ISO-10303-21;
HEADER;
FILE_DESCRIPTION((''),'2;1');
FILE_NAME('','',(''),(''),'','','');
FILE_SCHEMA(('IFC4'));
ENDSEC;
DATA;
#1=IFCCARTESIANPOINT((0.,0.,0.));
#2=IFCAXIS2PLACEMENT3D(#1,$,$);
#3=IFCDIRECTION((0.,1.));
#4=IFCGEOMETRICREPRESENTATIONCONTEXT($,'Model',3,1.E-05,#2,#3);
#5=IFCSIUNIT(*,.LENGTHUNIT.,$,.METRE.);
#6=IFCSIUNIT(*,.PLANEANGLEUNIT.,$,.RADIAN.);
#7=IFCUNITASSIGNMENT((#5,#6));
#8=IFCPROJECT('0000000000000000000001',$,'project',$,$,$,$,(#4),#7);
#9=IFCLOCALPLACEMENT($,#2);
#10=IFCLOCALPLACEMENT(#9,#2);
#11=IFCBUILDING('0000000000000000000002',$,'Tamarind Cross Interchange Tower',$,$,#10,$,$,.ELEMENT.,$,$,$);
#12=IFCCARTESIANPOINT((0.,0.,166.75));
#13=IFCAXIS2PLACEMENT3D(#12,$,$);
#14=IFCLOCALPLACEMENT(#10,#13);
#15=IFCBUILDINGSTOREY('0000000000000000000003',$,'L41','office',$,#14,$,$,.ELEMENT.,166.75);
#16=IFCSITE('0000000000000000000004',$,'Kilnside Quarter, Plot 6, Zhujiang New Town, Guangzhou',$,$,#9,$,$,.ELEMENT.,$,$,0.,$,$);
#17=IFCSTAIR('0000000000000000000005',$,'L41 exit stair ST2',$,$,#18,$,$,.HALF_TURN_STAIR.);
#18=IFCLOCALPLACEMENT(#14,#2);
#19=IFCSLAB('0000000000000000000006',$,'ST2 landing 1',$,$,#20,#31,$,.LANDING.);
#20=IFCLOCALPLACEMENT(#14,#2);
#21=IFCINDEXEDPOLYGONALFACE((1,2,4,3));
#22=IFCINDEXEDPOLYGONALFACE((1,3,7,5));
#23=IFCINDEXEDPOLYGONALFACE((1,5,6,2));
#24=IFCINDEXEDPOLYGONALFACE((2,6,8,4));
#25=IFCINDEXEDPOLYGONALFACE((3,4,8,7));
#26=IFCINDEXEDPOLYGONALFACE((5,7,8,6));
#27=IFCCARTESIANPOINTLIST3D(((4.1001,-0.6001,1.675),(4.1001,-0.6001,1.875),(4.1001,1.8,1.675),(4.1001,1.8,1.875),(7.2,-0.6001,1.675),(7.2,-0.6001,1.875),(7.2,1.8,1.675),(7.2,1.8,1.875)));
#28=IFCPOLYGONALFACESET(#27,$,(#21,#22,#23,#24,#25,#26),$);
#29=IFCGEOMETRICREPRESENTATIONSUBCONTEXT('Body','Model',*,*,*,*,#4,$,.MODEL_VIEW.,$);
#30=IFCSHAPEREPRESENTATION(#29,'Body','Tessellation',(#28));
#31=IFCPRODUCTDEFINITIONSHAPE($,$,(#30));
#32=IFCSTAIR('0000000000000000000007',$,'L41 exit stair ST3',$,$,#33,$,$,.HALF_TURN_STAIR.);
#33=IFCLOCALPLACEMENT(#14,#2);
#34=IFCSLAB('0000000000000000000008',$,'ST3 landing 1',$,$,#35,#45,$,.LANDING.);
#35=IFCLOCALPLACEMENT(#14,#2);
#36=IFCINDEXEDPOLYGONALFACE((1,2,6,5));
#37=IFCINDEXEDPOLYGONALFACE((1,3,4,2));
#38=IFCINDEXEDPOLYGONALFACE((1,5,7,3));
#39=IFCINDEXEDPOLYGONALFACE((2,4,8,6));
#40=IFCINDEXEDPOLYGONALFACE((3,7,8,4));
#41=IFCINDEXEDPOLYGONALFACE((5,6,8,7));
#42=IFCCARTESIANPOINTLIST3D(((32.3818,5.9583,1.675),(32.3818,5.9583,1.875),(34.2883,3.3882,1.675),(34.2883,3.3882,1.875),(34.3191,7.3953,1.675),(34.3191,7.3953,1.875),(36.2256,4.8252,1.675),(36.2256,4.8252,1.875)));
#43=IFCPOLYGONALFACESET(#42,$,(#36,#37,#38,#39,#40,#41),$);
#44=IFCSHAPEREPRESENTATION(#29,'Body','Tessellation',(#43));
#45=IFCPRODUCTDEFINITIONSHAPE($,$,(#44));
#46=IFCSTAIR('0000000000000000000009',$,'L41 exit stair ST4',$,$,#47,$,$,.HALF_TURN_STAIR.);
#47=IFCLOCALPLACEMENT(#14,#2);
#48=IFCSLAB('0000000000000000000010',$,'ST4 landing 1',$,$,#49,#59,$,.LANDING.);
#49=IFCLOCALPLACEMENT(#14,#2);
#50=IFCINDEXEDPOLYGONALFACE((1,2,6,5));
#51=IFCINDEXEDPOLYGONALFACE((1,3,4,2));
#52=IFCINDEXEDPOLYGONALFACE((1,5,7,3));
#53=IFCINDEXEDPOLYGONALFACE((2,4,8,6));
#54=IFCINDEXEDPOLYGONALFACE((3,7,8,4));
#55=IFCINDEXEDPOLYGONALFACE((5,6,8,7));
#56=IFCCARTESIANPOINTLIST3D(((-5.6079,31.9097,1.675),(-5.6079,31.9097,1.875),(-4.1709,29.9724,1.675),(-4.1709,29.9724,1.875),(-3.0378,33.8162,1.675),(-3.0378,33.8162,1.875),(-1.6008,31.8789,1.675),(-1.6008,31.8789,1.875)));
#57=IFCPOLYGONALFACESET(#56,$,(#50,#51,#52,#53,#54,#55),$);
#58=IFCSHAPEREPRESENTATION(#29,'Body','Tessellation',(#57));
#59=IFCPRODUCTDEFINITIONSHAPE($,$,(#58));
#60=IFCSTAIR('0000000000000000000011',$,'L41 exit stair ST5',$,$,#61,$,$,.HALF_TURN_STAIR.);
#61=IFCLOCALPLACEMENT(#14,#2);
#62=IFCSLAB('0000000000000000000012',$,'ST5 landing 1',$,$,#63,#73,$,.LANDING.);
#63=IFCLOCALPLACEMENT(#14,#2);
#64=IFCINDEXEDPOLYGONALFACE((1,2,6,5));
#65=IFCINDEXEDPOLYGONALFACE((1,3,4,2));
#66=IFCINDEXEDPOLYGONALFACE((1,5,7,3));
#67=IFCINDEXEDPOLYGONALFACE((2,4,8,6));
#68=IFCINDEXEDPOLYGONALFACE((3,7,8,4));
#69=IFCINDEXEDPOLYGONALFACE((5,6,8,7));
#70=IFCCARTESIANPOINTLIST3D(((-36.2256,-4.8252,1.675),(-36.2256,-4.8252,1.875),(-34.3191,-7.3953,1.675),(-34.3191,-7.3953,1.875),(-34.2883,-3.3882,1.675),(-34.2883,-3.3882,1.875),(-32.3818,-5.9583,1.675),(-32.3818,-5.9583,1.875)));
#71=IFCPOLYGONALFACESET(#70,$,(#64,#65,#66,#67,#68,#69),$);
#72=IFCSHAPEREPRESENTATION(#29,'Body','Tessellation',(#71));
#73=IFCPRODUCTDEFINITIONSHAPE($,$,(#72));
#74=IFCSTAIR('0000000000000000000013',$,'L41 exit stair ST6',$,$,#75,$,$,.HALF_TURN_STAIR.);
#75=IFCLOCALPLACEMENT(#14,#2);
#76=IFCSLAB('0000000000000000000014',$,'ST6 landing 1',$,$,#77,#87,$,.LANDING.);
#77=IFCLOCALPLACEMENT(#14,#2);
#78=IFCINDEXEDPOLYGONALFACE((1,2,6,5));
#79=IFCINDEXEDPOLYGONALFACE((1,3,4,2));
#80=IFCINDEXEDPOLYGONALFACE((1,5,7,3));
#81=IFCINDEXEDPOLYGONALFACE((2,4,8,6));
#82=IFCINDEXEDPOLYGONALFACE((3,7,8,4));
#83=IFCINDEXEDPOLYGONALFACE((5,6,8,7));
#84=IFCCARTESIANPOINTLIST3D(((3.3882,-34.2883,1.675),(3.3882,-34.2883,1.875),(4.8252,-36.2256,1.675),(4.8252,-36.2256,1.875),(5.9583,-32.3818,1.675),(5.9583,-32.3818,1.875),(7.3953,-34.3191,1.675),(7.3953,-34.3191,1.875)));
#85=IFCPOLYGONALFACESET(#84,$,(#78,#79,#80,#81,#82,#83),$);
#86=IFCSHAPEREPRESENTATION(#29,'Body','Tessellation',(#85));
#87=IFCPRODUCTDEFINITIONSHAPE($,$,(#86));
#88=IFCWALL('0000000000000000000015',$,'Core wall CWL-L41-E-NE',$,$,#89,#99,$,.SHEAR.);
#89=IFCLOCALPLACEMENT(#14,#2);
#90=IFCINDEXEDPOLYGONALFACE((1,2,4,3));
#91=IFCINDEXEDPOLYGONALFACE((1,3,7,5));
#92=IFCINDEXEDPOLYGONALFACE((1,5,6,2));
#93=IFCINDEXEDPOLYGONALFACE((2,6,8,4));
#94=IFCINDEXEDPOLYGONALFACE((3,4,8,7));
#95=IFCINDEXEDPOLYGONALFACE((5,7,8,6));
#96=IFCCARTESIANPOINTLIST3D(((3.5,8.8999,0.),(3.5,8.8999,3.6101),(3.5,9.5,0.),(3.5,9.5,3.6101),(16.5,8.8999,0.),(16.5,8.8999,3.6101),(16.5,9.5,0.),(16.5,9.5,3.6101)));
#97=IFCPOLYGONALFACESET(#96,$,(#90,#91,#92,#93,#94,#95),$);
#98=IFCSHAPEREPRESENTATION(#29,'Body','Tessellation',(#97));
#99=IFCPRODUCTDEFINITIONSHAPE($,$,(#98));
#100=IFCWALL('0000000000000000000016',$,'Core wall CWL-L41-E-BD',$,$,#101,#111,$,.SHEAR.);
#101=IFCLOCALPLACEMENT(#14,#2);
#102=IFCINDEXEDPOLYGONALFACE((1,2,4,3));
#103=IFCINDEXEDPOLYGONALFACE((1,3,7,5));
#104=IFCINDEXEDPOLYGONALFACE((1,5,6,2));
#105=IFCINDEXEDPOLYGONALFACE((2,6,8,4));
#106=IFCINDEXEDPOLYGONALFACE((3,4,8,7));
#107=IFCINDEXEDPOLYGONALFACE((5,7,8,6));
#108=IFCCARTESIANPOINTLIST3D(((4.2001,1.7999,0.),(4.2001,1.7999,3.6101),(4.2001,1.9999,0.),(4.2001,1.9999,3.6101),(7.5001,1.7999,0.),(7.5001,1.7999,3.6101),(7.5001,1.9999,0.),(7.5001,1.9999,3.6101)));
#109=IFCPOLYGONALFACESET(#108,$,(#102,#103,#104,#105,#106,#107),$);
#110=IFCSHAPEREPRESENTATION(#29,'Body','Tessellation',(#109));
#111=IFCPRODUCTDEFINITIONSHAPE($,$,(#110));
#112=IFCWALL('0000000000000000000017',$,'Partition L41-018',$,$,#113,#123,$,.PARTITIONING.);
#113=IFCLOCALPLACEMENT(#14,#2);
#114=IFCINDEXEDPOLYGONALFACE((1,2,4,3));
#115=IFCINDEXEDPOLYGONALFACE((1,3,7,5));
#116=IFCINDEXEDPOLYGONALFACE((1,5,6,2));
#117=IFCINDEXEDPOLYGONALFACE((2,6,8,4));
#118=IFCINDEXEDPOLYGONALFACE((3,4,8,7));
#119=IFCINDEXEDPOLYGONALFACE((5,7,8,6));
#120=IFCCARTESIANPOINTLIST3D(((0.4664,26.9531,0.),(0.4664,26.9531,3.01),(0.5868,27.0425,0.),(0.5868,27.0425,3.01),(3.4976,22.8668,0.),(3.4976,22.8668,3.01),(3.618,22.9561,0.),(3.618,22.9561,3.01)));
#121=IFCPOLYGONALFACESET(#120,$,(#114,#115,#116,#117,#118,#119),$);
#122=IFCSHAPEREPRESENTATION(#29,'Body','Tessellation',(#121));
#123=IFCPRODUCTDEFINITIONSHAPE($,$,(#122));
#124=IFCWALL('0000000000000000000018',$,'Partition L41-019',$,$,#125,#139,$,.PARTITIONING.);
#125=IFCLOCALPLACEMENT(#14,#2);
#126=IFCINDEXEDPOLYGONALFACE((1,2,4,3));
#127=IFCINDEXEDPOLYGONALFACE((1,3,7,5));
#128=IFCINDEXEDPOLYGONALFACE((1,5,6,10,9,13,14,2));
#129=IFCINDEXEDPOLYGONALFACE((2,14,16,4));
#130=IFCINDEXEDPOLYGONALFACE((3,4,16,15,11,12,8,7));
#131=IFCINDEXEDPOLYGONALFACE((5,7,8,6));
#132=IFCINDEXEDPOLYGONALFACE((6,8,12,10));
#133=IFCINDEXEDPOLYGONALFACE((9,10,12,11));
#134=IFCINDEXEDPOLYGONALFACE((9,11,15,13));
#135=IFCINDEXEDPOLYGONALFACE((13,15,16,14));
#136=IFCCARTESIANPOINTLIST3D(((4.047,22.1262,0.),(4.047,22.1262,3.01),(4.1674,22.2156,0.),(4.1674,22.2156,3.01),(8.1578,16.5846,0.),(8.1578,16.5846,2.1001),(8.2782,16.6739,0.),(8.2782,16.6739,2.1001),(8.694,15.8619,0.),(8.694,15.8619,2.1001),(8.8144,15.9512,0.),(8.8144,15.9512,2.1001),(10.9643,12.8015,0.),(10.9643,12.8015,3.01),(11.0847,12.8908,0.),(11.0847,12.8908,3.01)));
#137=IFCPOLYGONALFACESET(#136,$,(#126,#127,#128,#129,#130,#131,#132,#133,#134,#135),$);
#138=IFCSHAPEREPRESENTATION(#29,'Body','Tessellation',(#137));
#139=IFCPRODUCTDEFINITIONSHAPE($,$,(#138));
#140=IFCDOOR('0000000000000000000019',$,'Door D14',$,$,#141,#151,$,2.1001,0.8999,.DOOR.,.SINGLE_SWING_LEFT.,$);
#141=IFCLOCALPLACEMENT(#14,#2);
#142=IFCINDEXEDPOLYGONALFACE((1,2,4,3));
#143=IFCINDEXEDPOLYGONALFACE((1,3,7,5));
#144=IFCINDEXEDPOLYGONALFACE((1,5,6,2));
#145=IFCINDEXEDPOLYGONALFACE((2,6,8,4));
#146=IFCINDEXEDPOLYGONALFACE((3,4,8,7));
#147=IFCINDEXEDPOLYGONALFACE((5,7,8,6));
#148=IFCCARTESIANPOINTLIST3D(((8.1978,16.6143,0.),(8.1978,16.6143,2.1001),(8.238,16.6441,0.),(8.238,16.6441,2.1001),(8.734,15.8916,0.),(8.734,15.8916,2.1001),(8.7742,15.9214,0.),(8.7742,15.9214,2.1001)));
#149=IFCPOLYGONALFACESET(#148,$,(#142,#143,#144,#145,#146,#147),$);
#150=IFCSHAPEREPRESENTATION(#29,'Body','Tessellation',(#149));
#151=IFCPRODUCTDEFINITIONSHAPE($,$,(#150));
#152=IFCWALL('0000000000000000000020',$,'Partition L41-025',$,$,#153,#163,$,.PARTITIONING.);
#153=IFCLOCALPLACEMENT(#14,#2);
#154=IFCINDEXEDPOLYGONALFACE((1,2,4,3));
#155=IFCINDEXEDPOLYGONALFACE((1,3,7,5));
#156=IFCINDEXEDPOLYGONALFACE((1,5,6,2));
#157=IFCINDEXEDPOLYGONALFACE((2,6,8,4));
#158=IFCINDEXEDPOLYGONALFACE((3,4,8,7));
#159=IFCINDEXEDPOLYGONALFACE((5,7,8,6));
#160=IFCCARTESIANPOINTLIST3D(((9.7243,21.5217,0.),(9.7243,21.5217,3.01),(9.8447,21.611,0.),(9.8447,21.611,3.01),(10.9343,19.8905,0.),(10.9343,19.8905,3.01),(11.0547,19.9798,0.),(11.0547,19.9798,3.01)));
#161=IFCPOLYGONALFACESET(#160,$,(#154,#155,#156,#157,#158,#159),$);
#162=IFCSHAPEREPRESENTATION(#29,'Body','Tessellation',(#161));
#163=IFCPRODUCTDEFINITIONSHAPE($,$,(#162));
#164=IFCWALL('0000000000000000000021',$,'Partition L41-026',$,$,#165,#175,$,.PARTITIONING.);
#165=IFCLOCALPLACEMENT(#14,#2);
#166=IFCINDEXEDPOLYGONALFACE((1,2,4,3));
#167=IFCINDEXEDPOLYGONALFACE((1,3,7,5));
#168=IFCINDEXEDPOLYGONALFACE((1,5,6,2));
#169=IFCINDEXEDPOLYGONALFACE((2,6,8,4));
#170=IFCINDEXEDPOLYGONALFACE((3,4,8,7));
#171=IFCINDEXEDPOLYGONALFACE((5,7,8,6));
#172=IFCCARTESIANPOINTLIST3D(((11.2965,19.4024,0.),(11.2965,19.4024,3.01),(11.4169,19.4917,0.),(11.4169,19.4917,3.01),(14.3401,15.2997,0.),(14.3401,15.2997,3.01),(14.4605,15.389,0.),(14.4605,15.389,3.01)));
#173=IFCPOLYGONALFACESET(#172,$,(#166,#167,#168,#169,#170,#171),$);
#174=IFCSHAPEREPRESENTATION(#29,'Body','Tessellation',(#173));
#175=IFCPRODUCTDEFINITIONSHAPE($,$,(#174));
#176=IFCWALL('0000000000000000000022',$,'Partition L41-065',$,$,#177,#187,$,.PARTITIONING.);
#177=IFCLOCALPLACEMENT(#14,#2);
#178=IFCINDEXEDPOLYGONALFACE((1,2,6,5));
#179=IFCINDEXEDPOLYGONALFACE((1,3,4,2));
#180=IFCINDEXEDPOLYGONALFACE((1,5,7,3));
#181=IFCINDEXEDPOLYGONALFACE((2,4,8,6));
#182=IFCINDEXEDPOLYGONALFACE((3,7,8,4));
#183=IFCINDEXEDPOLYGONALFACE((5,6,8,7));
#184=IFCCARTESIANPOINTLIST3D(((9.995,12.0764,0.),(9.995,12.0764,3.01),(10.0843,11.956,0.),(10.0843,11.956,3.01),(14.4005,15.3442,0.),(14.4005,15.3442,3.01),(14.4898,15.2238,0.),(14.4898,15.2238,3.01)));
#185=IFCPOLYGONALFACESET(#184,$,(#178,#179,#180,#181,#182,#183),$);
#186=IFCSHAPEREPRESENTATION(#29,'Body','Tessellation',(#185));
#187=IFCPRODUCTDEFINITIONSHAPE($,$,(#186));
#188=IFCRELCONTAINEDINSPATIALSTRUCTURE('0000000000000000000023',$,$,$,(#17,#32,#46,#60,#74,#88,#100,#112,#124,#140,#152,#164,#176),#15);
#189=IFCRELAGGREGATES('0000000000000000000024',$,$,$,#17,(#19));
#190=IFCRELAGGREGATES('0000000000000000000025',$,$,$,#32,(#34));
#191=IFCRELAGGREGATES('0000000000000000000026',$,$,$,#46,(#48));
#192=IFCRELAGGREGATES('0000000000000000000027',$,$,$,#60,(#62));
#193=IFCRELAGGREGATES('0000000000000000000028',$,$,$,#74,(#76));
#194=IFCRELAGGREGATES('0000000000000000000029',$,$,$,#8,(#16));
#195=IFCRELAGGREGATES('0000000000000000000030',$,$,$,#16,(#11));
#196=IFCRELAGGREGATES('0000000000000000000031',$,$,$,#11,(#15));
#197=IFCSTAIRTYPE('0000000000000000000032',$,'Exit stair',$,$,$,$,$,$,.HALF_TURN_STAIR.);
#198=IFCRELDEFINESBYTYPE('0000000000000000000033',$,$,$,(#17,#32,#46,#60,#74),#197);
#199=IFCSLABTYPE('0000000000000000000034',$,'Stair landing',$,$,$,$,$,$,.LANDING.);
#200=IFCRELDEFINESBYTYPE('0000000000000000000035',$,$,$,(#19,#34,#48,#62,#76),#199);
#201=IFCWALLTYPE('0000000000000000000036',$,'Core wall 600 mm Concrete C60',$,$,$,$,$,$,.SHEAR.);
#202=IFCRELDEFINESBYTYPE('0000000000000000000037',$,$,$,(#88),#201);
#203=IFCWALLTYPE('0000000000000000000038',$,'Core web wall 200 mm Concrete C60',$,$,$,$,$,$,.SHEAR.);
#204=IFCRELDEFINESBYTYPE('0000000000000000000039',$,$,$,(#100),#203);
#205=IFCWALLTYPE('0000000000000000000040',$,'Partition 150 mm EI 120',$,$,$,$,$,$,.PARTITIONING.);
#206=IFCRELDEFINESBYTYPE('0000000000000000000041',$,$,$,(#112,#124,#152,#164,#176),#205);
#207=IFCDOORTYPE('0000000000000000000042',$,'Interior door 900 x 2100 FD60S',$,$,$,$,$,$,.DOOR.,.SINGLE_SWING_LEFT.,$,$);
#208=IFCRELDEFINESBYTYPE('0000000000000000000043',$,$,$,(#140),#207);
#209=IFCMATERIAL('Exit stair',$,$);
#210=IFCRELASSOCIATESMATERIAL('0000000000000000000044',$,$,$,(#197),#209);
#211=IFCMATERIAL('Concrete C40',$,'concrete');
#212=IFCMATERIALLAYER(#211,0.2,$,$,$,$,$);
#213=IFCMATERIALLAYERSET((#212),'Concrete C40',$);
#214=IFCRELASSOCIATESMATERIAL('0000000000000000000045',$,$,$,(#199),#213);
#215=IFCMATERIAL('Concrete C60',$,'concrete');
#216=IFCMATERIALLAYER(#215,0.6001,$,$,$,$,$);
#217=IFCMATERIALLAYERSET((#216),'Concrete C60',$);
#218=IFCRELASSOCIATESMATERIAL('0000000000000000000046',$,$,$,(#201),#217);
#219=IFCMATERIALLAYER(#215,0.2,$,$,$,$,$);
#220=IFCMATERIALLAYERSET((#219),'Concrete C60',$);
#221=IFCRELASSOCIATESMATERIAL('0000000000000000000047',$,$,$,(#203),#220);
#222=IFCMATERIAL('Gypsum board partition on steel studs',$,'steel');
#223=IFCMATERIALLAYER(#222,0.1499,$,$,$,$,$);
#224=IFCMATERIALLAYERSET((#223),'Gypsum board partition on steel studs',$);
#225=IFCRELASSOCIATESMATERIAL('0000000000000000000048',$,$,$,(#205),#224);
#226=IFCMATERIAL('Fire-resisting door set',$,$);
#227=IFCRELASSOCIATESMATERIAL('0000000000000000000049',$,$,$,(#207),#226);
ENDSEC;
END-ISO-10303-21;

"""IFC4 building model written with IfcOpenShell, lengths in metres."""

from ifc_helpers import new_model, si_unit, direction, frame, frame_2d, origin, place, context, subcontext, project, spatial, polyline, rectangle, outline, extrude, material, layer, layer_set, type_object, element, fill, aggregate, save


model = new_model("IFC4")

# Units and contexts
model_context = context("Model", 3, precision=1e-05, world=origin(), true_north=direction((0.0, 1.0)))
body_context = subcontext(model_context, "Body", "Model", "MODEL_VIEW")
ifc_project = project(units=[si_unit("LENGTHUNIT", "METRE"), si_unit("PLANEANGLEUNIT", "RADIAN")], contexts=[model_context])

# Site, building, storey
site_placement = place(None, origin())
site = spatial("IfcSite", under=ifc_project, at=site_placement, Name="Kilnside Quarter, Plot 6, Zhujiang New Town, Guangzhou", CompositionType="ELEMENT", RefElevation=0.0)
building_placement = place(site_placement, origin())
building = spatial("IfcBuilding", under=site, at=building_placement, Name="Tamarind Cross Interchange Tower", CompositionType="ELEMENT")
storey_placement = place(building_placement, frame((0.0, 0.0, 166.75)))
storey = spatial("IfcBuildingStorey", under=building, at=storey_placement, Name="L41", Description="office", CompositionType="ELEMENT", Elevation=166.75)

# Shared definitions
ifc_material_1 = material(Name="Concrete C60", Category="concrete")

# Stairs, slabs
ifc_material_2 = material(Name="Exit stair")
stair_type = type_object("IfcStairType", Name="Exit stair", PredefinedType="HALF_TURN_STAIR", material=ifc_material_2)
ifc_material_3 = material(Name="Concrete C40", Category="concrete")
ifc_layer_1 = layer(ifc_material_3, 0.2)
ifc_layer_set_1 = layer_set([ifc_layer_1], Name="Concrete C40")
slab_type = type_object("IfcSlabType", Name="Stair landing", PredefinedType="LANDING", material=ifc_layer_set_1)
stair_1_placement = place(storey_placement, origin())
stair_1 = element("IfcStair", 1, at=stair_1_placement, inside=storey, type_object=stair_type, Name="L41 exit stair ST2", PredefinedType="HALF_TURN_STAIR")
slab_1_placement = place(storey_placement, frame((0.0, 0.0, 1.675)))
slab_1 = element("IfcSlab", 2, at=slab_1_placement, type_object=slab_type, Name="ST2 landing 1", PredefinedType="LANDING", context=body_context, shape_type="SweptSolid", body=[
    extrude(outline(polyline([(7.2, -0.6001), (7.2, 1.8), (4.1001, 1.8), (4.1001, -0.6001), (7.2, -0.6001)])), origin(), (0.0, 0.0, 1.0), 0.2),
])
aggregate(stair_1, [slab_1])
stair_2_placement = place(storey_placement, origin())
stair_2 = element("IfcStair", 3, at=stair_2_placement, inside=storey, type_object=stair_type, Name="L41 exit stair ST3", PredefinedType="HALF_TURN_STAIR")
slab_2_placement = place(storey_placement, frame((0.0, 0.0, 1.675)))
slab_2 = element("IfcSlab", 4, at=slab_2_placement, type_object=slab_type, Name="ST3 landing 1", PredefinedType="LANDING", context=body_context, shape_type="SweptSolid", body=[
    extrude(outline(polyline([(34.2883, 3.3882), (36.2256, 4.8252), (34.3191, 7.3953), (32.3818, 5.9583), (34.2883, 3.3882)])), origin(), (0.0, 0.0, 1.0), 0.2),
])
aggregate(stair_2, [slab_2])
stair_3_placement = place(storey_placement, origin())
stair_3 = element("IfcStair", 5, at=stair_3_placement, inside=storey, type_object=stair_type, Name="L41 exit stair ST4", PredefinedType="HALF_TURN_STAIR")
slab_3_placement = place(storey_placement, frame((0.0, 0.0, 1.675)))
slab_3 = element("IfcSlab", 6, at=slab_3_placement, type_object=slab_type, Name="ST4 landing 1", PredefinedType="LANDING", context=body_context, shape_type="SweptSolid", body=[
    extrude(outline(polyline([(-1.6008, 31.8789), (-3.0378, 33.8162), (-5.6079, 31.9097), (-4.1709, 29.9724), (-1.6008, 31.8789)])), origin(), (0.0, 0.0, 1.0), 0.2),
])
aggregate(stair_3, [slab_3])
stair_4_placement = place(storey_placement, origin())
stair_4 = element("IfcStair", 7, at=stair_4_placement, inside=storey, type_object=stair_type, Name="L41 exit stair ST5", PredefinedType="HALF_TURN_STAIR")
slab_4_placement = place(storey_placement, frame((0.0, 0.0, 1.675)))
slab_4 = element("IfcSlab", 8, at=slab_4_placement, type_object=slab_type, Name="ST5 landing 1", PredefinedType="LANDING", context=body_context, shape_type="SweptSolid", body=[
    extrude(outline(polyline([(-34.2883, -3.3882), (-36.2256, -4.8252), (-34.3191, -7.3953), (-32.3818, -5.9583), (-34.2883, -3.3882)])), origin(), (0.0, 0.0, 1.0), 0.2),
])
aggregate(stair_4, [slab_4])
stair_5_placement = place(storey_placement, origin())
stair_5 = element("IfcStair", 9, at=stair_5_placement, inside=storey, type_object=stair_type, Name="L41 exit stair ST6", PredefinedType="HALF_TURN_STAIR")
slab_5_placement = place(storey_placement, frame((0.0, 0.0, 1.675)))
slab_5 = element("IfcSlab", 10, at=slab_5_placement, type_object=slab_type, Name="ST6 landing 1", PredefinedType="LANDING", context=body_context, shape_type="SweptSolid", body=[
    extrude(outline(polyline([(3.3882, -34.2883), (4.8252, -36.2256), (7.3953, -34.3191), (5.9583, -32.3818), (3.3882, -34.2883)])), origin(), (0.0, 0.0, 1.0), 0.2),
])
aggregate(stair_5, [slab_5])

# Walls
ifc_layer_2 = layer(ifc_material_1, 0.6001)
ifc_layer_set_2 = layer_set([ifc_layer_2], Name="Concrete C60")
wall_type_1 = type_object("IfcWallType", Name="Core wall 600 mm Concrete C60", PredefinedType="SHEAR", material=ifc_layer_set_2)
wall_1_placement = place(storey_placement, frame((16.5, 9.2, 0.0), z_axis=(0.0, 0.0, 1.0), x_axis=(-1.0, 0.0, 0.0)))
element("IfcWall", 11, at=wall_1_placement, inside=storey, type_object=wall_type_1, Name="Core wall CWL-L41-E-NE", PredefinedType="SHEAR", context=body_context, shape_type="SweptSolid", body=[
    extrude(rectangle(XDim=13.0, YDim=0.6001, at=frame_2d((6.5, 0.0))), origin(), (0.0, 0.0, 1.0), 3.6101),
])
ifc_layer_3 = layer(ifc_material_1, 0.2)
ifc_layer_set_3 = layer_set([ifc_layer_3], Name="Concrete C60")
wall_type_2 = type_object("IfcWallType", Name="Core web wall 200 mm Concrete C60", PredefinedType="SHEAR", material=ifc_layer_set_3)
wall_2_placement = place(storey_placement, frame((7.5, 1.8999, 0.0), z_axis=(0.0, 0.0, 1.0), x_axis=(-1.0, 0.0, 0.0)))
element("IfcWall", 12, at=wall_2_placement, inside=storey, type_object=wall_type_2, Name="Core wall CWL-L41-E-BD", PredefinedType="SHEAR", context=body_context, shape_type="SweptSolid", body=[
    extrude(rectangle(XDim=3.3, YDim=0.2, at=frame_2d((1.6499, 0.0))), origin(), (0.0, 0.0, 1.0), 3.6101),
])
ifc_material_4 = material(Name="Gypsum board partition on steel studs", Category="steel")
ifc_layer_4 = layer(ifc_material_4, 0.1499)
ifc_layer_set_4 = layer_set([ifc_layer_4], Name="Gypsum board partition on steel studs")
wall_type_3 = type_object("IfcWallType", Name="Partition 150 mm EI 120", PredefinedType="PARTITIONING", material=ifc_layer_set_4)
wall_3_placement = place(storey_placement, frame((0.5266, 26.9978, 0.0), z_axis=(0.0, 0.0, 1.0), x_axis=(0.595769, -0.803156, 0.0)))
element("IfcWall", 13, at=wall_3_placement, inside=storey, type_object=wall_type_3, Name="Partition L41-018", PredefinedType="PARTITIONING", context=body_context, shape_type="SweptSolid", body=[
    extrude(rectangle(XDim=5.0879, YDim=0.1499, at=frame_2d((2.5439, 0.0))), origin(), (0.0, 0.0, 1.0), 3.01),
])

# Wall, opening, door
wall_4_placement = place(storey_placement, frame((4.1072, 22.1709, 0.0), z_axis=(0.0, 0.0, 1.0), x_axis=(0.595786, -0.803143, 0.0)))
wall_4 = element("IfcWall", 14, at=wall_4_placement, inside=storey, type_object=wall_type_3, Name="Partition L41-019", PredefinedType="PARTITIONING", context=body_context, shape_type="SweptSolid", body=[
    extrude(rectangle(XDim=11.6104, YDim=0.1499, at=frame_2d((5.8052, 0.0))), origin(), (0.0, 0.0, 1.0), 3.01),
])
opening_placement = place(wall_4_placement, frame((6.8999, 0.0, 0.0)))
opening = element("IfcOpeningElement", 15, at=opening_placement, cuts=wall_4, PredefinedType="OPENING", context=body_context, shape_type="SweptSolid", body=[
    extrude(rectangle(XDim=0.8999, YDim=2.1001, at=frame_2d((0.45, 1.05))), frame((0.0, 0.085, 0.0), z_axis=(0.0, -1.0, 0.0), x_axis=(1.0, 0.0, 0.0)), (0.0, 0.0, 1.0), 0.1699),
])
ifc_material_5 = material(Name="Fire-resisting door set")
door_type = type_object("IfcDoorType", Name="Interior door 900 x 2100 FD60S", OperationType="SINGLE_SWING_LEFT", PredefinedType="DOOR", material=ifc_material_5)
door_placement = place(opening_placement, origin())
door = element("IfcDoor", 16, at=door_placement, inside=storey, type_object=door_type, Name="Door D14", OperationType="SINGLE_SWING_LEFT", OverallHeight=2.1001, OverallWidth=0.8999, PredefinedType="DOOR", context=body_context, shape_type="SweptSolid", body=[
    extrude(rectangle(XDim=0.8999, YDim=2.1001, at=frame_2d((0.45, 1.05))), frame((0.0, 0.0249, 0.0), z_axis=(0.0, -1.0, 0.0), x_axis=(1.0, 0.0, 0.0)), (0.0, 0.0, 1.0), 0.05),
])
fill(opening, door)

# Walls
wall_5_placement = place(storey_placement, frame((9.7844, 21.5664, 0.0), z_axis=(0.0, 0.0, 1.0), x_axis=(0.595779, -0.803148, 0.0)))
element("IfcWall", 17, at=wall_5_placement, inside=storey, type_object=wall_type_3, Name="Partition L41-025", PredefinedType="PARTITIONING", context=body_context, shape_type="SweptSolid", body=[
    extrude(rectangle(XDim=2.031, YDim=0.1499, at=frame_2d((1.0156, 0.0))), origin(), (0.0, 0.0, 1.0), 3.01),
])
wall_6_placement = place(storey_placement, frame((11.3567, 19.447, 0.0), z_axis=(0.0, 0.0, 1.0), x_axis=(0.595809, -0.803126, 0.0)))
element("IfcWall", 18, at=wall_6_placement, inside=storey, type_object=wall_type_3, Name="Partition L41-026", PredefinedType="PARTITIONING", context=body_context, shape_type="SweptSolid", body=[
    extrude(rectangle(XDim=5.1084, YDim=0.1499, at=frame_2d((2.5542, 0.0))), origin(), (0.0, 0.0, 1.0), 3.01),
])
wall_7_placement = place(storey_placement, frame((10.0396, 12.0161, 0.0), z_axis=(0.0, 0.0, 1.0), x_axis=(0.803167, 0.595754, 0.0)))
element("IfcWall", 19, at=wall_7_placement, inside=storey, type_object=wall_type_3, Name="Partition L41-065", PredefinedType="PARTITIONING", context=body_context, shape_type="SweptSolid", body=[
    extrude(rectangle(XDim=5.4851, YDim=0.1499, at=frame_2d((2.7427, 0.0))), origin(), (0.0, 0.0, 1.0), 3.01),
])

save(model, "model.ifc")
